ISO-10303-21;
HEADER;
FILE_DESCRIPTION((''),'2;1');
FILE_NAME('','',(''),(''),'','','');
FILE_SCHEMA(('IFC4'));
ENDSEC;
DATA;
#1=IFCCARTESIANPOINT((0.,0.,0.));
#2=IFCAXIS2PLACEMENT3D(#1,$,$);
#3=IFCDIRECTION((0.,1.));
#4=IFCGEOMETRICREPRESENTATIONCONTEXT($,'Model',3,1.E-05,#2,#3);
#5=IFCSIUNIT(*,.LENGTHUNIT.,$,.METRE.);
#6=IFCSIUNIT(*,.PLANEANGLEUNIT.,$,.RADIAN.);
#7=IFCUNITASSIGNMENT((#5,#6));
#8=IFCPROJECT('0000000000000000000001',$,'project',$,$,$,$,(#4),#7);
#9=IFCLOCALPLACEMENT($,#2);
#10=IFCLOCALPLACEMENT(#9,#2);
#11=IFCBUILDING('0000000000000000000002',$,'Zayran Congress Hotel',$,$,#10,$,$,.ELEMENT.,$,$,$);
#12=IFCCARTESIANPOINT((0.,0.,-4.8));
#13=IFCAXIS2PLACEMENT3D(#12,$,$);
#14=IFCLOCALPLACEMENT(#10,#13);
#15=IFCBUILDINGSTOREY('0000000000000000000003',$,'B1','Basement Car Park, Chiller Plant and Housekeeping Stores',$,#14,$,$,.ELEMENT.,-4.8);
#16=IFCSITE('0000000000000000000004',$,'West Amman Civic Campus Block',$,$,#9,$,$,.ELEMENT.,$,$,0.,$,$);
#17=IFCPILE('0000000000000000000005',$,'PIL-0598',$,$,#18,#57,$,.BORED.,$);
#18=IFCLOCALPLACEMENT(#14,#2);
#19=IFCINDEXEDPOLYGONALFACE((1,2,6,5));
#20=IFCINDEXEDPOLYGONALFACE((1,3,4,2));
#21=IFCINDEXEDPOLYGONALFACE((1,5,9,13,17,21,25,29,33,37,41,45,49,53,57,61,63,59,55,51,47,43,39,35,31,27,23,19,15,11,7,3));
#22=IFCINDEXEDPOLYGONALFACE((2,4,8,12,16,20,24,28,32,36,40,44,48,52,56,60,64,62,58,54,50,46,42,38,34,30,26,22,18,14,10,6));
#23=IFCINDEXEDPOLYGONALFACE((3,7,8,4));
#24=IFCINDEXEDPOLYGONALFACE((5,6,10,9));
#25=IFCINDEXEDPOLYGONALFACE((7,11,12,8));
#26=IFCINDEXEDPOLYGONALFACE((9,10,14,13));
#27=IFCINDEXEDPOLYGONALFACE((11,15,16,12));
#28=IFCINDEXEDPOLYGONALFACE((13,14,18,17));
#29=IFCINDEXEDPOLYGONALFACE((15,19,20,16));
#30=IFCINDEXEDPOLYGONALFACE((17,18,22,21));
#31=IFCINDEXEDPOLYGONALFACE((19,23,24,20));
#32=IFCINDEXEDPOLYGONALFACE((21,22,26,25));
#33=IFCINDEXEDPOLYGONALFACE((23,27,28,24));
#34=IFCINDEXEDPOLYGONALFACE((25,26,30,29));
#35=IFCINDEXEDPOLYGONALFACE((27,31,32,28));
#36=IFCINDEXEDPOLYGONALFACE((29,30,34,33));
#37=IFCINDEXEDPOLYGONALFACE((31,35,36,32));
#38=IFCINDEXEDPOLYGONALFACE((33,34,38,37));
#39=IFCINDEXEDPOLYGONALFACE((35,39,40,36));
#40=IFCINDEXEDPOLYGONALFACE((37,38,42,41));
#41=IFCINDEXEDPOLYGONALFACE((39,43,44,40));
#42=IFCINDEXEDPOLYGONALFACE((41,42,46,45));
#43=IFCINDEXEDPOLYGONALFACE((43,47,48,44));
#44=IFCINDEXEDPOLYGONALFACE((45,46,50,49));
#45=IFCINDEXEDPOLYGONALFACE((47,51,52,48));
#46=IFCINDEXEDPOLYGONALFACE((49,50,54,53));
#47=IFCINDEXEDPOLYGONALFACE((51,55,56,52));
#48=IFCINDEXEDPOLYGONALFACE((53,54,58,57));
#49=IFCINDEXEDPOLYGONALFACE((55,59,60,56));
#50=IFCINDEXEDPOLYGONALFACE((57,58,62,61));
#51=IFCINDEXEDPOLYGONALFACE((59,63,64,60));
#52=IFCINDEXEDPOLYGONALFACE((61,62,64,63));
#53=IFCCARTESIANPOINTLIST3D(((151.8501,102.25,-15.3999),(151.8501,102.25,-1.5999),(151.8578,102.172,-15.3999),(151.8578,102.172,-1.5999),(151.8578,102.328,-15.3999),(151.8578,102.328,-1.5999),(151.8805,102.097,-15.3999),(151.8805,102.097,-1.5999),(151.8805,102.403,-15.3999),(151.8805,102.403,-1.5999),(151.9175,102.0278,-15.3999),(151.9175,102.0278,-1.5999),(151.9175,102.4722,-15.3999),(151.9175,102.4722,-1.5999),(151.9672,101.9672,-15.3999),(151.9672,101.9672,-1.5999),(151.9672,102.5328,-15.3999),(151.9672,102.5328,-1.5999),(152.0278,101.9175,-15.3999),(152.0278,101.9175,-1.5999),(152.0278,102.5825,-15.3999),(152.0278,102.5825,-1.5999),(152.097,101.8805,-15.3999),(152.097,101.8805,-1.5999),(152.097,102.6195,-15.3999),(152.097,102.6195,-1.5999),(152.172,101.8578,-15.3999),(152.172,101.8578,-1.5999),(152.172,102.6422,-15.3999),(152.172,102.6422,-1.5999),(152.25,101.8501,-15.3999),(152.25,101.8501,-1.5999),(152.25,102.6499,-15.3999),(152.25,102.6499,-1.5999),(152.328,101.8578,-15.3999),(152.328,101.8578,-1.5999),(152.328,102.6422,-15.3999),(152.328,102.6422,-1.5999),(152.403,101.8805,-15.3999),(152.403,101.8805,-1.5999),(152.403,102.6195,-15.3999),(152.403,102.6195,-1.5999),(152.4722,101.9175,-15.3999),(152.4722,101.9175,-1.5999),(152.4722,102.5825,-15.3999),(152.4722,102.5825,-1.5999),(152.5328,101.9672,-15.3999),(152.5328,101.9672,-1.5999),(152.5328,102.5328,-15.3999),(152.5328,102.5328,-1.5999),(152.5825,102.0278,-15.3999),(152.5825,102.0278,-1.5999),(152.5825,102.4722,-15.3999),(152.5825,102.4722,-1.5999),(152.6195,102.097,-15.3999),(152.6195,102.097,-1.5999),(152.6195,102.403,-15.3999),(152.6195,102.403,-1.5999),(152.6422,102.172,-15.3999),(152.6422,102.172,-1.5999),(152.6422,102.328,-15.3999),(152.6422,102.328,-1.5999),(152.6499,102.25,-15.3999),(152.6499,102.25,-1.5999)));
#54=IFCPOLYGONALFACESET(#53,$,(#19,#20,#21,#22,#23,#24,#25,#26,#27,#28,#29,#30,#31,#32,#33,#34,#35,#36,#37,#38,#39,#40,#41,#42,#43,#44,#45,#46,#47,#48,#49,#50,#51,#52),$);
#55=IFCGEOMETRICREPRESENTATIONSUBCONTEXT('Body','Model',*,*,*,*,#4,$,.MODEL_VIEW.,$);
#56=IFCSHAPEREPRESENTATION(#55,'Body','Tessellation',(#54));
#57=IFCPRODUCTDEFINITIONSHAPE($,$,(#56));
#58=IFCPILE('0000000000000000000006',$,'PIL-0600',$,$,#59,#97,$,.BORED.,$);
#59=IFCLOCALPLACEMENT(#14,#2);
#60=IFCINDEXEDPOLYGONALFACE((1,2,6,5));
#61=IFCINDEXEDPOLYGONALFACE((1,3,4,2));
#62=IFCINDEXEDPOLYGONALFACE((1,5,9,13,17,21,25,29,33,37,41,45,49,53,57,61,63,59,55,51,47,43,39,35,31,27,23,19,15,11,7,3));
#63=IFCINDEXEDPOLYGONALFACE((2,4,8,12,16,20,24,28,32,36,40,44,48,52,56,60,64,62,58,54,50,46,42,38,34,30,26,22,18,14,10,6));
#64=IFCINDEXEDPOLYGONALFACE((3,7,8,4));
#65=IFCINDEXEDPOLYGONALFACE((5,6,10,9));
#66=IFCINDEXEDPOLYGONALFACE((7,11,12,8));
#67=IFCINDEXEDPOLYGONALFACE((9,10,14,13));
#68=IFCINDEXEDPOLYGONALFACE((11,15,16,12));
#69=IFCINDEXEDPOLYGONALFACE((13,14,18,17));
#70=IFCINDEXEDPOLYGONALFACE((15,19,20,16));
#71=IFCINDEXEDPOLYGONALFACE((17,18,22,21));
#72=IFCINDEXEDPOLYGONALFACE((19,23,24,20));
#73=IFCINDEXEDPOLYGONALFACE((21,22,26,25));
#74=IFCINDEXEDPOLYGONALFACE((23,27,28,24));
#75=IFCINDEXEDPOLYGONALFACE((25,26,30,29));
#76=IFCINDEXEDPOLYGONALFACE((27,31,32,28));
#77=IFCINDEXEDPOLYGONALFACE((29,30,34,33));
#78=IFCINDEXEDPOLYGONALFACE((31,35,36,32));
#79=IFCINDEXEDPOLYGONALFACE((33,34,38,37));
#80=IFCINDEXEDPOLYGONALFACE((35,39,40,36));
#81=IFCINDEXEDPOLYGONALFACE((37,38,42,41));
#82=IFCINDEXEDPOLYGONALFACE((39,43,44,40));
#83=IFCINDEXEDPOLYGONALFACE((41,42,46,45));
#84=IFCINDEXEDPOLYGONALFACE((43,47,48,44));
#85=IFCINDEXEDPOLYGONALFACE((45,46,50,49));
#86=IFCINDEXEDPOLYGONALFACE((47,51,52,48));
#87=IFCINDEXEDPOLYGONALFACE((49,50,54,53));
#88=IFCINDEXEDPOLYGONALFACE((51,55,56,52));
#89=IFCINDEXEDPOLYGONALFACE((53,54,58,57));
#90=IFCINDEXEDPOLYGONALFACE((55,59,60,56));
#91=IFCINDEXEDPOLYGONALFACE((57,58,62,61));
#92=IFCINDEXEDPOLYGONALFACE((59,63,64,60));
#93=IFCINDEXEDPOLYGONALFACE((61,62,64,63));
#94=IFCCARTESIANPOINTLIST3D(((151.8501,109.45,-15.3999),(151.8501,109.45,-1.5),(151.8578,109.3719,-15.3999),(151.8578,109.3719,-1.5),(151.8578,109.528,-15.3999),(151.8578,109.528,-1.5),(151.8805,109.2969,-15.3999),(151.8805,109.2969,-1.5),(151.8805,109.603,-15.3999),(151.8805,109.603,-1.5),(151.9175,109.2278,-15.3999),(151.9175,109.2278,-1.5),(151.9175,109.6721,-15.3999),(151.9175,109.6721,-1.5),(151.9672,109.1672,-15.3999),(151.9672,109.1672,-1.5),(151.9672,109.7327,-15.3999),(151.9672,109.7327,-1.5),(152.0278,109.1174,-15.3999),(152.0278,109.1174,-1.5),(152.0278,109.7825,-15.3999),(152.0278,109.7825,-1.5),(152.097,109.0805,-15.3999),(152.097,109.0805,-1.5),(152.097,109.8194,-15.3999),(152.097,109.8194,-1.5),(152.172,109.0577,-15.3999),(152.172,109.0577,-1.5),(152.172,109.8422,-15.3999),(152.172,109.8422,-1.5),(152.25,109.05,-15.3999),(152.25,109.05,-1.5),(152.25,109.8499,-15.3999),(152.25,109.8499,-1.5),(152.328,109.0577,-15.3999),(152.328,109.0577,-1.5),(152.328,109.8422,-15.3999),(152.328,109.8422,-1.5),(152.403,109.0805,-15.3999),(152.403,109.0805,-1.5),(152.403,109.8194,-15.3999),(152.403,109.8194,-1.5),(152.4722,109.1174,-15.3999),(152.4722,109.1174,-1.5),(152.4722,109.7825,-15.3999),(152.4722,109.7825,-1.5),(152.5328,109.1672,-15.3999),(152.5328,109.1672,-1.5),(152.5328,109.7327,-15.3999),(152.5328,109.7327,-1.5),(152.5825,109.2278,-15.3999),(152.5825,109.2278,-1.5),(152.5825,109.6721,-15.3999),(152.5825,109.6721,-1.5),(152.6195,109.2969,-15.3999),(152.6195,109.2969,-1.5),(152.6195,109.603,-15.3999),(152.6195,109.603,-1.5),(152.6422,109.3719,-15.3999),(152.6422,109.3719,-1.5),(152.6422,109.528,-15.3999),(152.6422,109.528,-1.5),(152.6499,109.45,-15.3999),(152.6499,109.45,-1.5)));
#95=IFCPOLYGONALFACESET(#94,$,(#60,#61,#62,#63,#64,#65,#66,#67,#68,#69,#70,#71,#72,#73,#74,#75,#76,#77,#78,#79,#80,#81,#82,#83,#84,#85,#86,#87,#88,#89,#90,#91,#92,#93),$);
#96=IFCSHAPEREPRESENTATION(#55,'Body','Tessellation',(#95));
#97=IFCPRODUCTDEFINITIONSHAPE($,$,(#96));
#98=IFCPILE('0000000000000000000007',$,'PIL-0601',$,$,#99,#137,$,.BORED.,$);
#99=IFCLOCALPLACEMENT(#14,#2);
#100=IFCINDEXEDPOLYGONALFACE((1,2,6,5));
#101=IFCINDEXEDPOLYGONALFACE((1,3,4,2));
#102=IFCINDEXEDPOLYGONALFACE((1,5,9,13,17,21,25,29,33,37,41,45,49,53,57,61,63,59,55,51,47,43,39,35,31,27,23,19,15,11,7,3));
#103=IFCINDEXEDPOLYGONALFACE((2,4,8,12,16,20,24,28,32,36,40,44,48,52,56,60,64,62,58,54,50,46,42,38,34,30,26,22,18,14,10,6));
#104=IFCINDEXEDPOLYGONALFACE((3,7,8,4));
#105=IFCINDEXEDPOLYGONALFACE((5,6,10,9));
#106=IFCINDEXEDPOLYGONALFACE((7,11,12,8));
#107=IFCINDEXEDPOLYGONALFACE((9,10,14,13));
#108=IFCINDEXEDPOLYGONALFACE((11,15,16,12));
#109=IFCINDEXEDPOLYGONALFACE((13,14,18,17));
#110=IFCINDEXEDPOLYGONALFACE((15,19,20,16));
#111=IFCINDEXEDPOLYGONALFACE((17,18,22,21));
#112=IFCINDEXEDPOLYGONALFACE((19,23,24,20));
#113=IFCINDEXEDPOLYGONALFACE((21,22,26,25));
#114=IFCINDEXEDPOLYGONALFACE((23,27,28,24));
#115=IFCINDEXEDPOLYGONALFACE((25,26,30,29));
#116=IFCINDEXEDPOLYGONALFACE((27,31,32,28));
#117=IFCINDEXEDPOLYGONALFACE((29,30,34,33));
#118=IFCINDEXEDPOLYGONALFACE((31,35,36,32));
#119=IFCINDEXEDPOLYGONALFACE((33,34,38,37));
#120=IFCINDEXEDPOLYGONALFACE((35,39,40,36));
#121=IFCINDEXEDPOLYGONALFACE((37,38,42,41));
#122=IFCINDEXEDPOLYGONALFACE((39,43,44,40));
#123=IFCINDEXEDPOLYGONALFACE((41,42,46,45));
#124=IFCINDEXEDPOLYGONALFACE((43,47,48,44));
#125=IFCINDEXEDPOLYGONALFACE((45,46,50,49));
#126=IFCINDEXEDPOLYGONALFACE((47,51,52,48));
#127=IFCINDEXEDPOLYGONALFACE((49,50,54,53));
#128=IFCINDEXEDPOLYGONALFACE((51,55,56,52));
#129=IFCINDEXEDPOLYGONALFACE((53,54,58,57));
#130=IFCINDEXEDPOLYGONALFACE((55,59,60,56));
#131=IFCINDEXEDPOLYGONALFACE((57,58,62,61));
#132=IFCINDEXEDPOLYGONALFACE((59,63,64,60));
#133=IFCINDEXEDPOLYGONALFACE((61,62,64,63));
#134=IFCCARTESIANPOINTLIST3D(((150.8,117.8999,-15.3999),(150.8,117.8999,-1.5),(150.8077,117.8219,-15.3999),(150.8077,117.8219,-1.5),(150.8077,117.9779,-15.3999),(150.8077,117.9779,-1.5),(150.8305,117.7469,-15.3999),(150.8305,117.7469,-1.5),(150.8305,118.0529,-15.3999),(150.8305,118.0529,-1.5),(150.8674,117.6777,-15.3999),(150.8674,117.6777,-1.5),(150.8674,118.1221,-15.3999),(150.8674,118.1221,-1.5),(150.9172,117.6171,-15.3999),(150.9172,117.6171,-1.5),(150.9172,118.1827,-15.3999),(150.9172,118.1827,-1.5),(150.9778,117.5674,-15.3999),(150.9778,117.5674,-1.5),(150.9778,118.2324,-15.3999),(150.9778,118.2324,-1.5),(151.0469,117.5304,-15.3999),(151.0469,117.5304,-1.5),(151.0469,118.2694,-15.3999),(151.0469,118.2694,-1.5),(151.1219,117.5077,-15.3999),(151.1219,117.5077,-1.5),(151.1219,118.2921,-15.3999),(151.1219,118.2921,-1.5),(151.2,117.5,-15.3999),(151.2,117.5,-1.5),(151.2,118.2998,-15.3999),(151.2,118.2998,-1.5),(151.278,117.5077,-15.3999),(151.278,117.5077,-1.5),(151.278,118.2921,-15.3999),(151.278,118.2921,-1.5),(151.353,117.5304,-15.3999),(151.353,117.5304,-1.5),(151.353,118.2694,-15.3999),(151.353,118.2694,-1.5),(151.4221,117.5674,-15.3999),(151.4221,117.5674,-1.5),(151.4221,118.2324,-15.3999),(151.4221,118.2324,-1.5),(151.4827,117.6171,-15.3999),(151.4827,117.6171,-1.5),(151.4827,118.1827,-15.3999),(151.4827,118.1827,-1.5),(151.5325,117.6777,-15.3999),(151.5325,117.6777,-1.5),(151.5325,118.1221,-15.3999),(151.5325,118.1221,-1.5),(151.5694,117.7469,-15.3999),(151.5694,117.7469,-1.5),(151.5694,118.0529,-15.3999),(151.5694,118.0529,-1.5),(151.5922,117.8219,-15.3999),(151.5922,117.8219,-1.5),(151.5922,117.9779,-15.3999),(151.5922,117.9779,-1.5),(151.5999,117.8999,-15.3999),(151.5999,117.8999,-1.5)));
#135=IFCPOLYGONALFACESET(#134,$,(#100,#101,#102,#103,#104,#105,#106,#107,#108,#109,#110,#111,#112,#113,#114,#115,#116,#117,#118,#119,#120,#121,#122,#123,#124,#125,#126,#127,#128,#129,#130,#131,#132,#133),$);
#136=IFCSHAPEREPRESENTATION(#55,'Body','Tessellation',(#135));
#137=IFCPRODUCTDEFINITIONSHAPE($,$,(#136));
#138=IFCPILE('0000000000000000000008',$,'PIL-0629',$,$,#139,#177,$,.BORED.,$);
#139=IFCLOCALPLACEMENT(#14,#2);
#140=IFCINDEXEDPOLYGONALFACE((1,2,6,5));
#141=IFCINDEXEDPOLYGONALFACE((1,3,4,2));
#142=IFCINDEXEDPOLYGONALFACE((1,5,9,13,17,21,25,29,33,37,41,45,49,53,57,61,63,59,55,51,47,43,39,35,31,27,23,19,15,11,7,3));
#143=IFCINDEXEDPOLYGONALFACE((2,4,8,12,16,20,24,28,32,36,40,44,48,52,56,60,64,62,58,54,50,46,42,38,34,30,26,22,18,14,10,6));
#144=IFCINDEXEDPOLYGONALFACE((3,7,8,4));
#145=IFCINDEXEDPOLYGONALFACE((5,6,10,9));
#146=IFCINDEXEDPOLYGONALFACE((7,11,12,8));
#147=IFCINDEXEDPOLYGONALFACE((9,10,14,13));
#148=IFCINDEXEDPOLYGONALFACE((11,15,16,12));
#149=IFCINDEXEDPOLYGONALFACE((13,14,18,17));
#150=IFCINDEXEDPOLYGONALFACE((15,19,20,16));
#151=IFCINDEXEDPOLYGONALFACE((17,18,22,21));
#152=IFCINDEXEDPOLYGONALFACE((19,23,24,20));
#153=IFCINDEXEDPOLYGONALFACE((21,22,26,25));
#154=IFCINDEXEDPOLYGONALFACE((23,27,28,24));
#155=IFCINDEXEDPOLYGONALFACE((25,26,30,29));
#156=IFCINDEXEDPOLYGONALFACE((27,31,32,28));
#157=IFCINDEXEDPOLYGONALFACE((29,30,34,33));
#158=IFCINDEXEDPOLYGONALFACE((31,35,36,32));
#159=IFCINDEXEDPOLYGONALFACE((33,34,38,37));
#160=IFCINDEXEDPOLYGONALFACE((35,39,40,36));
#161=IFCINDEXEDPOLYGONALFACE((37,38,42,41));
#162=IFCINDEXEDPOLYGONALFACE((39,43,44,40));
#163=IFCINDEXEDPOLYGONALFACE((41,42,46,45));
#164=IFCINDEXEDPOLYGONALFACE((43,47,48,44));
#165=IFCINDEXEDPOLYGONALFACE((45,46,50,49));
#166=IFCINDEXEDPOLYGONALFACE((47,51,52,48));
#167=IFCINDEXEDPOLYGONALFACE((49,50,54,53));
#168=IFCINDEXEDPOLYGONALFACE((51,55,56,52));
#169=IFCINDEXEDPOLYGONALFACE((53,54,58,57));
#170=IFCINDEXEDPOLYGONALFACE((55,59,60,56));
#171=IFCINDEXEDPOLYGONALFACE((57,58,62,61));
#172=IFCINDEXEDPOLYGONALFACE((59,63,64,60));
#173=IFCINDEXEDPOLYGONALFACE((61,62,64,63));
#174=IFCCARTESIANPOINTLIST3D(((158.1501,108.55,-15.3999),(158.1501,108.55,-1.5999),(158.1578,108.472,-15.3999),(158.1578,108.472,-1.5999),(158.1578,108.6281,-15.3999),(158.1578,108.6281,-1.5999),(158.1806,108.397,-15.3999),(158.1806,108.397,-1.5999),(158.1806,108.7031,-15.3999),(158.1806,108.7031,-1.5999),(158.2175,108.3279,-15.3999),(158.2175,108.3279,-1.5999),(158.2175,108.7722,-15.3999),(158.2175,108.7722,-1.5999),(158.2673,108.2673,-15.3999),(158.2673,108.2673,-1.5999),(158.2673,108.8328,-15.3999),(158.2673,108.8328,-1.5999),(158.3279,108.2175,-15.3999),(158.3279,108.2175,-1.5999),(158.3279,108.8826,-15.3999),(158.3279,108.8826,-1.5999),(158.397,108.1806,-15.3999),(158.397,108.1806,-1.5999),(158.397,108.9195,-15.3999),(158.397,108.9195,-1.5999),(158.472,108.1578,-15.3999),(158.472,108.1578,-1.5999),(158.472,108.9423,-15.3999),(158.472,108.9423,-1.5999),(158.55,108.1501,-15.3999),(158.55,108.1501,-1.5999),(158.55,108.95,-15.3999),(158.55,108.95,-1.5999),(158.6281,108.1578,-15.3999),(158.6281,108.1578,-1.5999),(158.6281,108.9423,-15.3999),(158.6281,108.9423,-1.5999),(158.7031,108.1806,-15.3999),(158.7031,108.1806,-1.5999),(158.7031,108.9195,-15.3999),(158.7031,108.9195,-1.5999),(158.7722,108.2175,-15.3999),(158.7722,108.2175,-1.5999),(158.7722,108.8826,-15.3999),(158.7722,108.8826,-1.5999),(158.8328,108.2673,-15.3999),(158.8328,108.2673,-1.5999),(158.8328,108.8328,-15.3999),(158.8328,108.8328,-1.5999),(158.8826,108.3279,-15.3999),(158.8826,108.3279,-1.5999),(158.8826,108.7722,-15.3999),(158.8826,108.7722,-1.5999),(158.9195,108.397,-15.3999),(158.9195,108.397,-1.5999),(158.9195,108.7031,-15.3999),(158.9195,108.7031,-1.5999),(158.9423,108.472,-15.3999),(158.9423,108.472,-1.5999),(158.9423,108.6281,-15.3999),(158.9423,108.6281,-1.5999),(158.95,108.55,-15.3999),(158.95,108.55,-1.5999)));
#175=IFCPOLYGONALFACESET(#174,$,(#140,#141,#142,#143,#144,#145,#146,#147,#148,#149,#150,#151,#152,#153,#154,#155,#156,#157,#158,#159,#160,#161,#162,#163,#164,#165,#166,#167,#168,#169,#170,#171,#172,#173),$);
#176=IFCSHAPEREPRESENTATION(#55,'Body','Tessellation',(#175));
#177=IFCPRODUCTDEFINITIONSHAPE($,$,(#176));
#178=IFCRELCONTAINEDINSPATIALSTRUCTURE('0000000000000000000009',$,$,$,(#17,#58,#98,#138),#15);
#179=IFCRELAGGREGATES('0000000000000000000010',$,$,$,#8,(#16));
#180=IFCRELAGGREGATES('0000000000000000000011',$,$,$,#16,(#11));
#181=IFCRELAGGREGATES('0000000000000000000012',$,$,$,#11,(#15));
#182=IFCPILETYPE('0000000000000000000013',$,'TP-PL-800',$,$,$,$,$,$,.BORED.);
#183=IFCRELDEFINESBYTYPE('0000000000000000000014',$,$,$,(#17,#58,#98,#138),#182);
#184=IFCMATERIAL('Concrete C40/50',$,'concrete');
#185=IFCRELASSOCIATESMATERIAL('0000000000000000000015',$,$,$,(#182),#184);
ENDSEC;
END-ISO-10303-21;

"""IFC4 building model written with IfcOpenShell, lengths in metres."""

from ifc_helpers import new_model, si_unit, direction, frame, origin, origin_2d, place, context, subcontext, project, spatial, circle, extrude, material, material_profile, profile_set, type_object, element, save


model = new_model("IFC4")

# Units and contexts
model_context = context("Model", 3, precision=1e-05, world=origin(), true_north=direction((0.0, 1.0)))
body_context = subcontext(model_context, "Body", "Model", "MODEL_VIEW")
ifc_project = project(units=[si_unit("LENGTHUNIT", "METRE"), si_unit("PLANEANGLEUNIT", "RADIAN")], contexts=[model_context])

# Site, building, storey
site_placement = place(None, origin())
site = spatial("IfcSite", under=ifc_project, at=site_placement, Name="West Amman Civic Campus Block", CompositionType="ELEMENT", RefElevation=0.0)
building_placement = place(site_placement, origin())
building = spatial("IfcBuilding", under=site, at=building_placement, Name="Zayran Congress Hotel", CompositionType="ELEMENT")
storey_placement = place(building_placement, frame((0.0, 0.0, -4.8)))
storey = spatial("IfcBuildingStorey", under=building, at=storey_placement, Name="B1", Description="Basement Car Park, Chiller Plant and Housekeeping Stores", CompositionType="ELEMENT", Elevation=-4.8)

# Piles
ifc_material_1 = material(Name="Concrete C40/50", Category="concrete")
ifc_material_profile_1 = material_profile(ifc_material_1, circle(Radius=0.3999, at=origin_2d()), Name="PILE D800")
ifc_profile_set_1 = profile_set([ifc_material_profile_1], Name="Concrete C40/50")
pile_type = type_object("IfcPileType", Name="TP-PL-800", PredefinedType="BORED", material=ifc_profile_set_1)
pile_placement = place(storey_placement, frame((152.25, 102.25, -1.5999), z_axis=(0.0, 0.0, -1.0), x_axis=(1.0, 0.0, 0.0)))
element("IfcPile", 1, at=pile_placement, inside=storey, type_object=pile_type, Name="PIL-0598", PredefinedType="BORED", context=body_context, shape_type="SweptSolid", body=[
    extrude(circle(Radius=0.3999, at=origin_2d()), origin(), (0.0, 0.0, 1.0), 13.8),
])
for number, where, z_axis, x_axis, name in (
    (2, (152.25, 109.45, -1.5), (0.0, 0.0, -1.0), (1.0, 0.0, 0.0), "PIL-0600"),
    (3, (151.2, 117.8999, -1.5), (0.0, 0.0, -1.0), (1.0, 0.0, 0.0), "PIL-0601"),
):
    element("IfcPile", number, at=place(storey_placement, frame(where, z_axis=z_axis, x_axis=x_axis)), inside=storey, type_object=pile_type, Name=name, PredefinedType="BORED", context=body_context, shape_type="SweptSolid", body=[
        extrude(circle(Radius=0.3999, at=origin_2d()), origin(), (0.0, 0.0, 1.0), 13.8999),
    ])
for number, where, z_axis, x_axis, name in (
    (4, (158.55, 108.55, -1.5999), (0.0, 0.0, -1.0), (1.0, 0.0, 0.0), "PIL-0629"),
):
    element("IfcPile", number, at=place(storey_placement, frame(where, z_axis=z_axis, x_axis=x_axis)), inside=storey, type_object=pile_type, Name=name, PredefinedType="BORED", context=body_context, shape_type="SweptSolid", body=[
        extrude(circle(Radius=0.3999, at=origin_2d()), origin(), (0.0, 0.0, 1.0), 13.8),
    ])

save(model, "model.ifc")
